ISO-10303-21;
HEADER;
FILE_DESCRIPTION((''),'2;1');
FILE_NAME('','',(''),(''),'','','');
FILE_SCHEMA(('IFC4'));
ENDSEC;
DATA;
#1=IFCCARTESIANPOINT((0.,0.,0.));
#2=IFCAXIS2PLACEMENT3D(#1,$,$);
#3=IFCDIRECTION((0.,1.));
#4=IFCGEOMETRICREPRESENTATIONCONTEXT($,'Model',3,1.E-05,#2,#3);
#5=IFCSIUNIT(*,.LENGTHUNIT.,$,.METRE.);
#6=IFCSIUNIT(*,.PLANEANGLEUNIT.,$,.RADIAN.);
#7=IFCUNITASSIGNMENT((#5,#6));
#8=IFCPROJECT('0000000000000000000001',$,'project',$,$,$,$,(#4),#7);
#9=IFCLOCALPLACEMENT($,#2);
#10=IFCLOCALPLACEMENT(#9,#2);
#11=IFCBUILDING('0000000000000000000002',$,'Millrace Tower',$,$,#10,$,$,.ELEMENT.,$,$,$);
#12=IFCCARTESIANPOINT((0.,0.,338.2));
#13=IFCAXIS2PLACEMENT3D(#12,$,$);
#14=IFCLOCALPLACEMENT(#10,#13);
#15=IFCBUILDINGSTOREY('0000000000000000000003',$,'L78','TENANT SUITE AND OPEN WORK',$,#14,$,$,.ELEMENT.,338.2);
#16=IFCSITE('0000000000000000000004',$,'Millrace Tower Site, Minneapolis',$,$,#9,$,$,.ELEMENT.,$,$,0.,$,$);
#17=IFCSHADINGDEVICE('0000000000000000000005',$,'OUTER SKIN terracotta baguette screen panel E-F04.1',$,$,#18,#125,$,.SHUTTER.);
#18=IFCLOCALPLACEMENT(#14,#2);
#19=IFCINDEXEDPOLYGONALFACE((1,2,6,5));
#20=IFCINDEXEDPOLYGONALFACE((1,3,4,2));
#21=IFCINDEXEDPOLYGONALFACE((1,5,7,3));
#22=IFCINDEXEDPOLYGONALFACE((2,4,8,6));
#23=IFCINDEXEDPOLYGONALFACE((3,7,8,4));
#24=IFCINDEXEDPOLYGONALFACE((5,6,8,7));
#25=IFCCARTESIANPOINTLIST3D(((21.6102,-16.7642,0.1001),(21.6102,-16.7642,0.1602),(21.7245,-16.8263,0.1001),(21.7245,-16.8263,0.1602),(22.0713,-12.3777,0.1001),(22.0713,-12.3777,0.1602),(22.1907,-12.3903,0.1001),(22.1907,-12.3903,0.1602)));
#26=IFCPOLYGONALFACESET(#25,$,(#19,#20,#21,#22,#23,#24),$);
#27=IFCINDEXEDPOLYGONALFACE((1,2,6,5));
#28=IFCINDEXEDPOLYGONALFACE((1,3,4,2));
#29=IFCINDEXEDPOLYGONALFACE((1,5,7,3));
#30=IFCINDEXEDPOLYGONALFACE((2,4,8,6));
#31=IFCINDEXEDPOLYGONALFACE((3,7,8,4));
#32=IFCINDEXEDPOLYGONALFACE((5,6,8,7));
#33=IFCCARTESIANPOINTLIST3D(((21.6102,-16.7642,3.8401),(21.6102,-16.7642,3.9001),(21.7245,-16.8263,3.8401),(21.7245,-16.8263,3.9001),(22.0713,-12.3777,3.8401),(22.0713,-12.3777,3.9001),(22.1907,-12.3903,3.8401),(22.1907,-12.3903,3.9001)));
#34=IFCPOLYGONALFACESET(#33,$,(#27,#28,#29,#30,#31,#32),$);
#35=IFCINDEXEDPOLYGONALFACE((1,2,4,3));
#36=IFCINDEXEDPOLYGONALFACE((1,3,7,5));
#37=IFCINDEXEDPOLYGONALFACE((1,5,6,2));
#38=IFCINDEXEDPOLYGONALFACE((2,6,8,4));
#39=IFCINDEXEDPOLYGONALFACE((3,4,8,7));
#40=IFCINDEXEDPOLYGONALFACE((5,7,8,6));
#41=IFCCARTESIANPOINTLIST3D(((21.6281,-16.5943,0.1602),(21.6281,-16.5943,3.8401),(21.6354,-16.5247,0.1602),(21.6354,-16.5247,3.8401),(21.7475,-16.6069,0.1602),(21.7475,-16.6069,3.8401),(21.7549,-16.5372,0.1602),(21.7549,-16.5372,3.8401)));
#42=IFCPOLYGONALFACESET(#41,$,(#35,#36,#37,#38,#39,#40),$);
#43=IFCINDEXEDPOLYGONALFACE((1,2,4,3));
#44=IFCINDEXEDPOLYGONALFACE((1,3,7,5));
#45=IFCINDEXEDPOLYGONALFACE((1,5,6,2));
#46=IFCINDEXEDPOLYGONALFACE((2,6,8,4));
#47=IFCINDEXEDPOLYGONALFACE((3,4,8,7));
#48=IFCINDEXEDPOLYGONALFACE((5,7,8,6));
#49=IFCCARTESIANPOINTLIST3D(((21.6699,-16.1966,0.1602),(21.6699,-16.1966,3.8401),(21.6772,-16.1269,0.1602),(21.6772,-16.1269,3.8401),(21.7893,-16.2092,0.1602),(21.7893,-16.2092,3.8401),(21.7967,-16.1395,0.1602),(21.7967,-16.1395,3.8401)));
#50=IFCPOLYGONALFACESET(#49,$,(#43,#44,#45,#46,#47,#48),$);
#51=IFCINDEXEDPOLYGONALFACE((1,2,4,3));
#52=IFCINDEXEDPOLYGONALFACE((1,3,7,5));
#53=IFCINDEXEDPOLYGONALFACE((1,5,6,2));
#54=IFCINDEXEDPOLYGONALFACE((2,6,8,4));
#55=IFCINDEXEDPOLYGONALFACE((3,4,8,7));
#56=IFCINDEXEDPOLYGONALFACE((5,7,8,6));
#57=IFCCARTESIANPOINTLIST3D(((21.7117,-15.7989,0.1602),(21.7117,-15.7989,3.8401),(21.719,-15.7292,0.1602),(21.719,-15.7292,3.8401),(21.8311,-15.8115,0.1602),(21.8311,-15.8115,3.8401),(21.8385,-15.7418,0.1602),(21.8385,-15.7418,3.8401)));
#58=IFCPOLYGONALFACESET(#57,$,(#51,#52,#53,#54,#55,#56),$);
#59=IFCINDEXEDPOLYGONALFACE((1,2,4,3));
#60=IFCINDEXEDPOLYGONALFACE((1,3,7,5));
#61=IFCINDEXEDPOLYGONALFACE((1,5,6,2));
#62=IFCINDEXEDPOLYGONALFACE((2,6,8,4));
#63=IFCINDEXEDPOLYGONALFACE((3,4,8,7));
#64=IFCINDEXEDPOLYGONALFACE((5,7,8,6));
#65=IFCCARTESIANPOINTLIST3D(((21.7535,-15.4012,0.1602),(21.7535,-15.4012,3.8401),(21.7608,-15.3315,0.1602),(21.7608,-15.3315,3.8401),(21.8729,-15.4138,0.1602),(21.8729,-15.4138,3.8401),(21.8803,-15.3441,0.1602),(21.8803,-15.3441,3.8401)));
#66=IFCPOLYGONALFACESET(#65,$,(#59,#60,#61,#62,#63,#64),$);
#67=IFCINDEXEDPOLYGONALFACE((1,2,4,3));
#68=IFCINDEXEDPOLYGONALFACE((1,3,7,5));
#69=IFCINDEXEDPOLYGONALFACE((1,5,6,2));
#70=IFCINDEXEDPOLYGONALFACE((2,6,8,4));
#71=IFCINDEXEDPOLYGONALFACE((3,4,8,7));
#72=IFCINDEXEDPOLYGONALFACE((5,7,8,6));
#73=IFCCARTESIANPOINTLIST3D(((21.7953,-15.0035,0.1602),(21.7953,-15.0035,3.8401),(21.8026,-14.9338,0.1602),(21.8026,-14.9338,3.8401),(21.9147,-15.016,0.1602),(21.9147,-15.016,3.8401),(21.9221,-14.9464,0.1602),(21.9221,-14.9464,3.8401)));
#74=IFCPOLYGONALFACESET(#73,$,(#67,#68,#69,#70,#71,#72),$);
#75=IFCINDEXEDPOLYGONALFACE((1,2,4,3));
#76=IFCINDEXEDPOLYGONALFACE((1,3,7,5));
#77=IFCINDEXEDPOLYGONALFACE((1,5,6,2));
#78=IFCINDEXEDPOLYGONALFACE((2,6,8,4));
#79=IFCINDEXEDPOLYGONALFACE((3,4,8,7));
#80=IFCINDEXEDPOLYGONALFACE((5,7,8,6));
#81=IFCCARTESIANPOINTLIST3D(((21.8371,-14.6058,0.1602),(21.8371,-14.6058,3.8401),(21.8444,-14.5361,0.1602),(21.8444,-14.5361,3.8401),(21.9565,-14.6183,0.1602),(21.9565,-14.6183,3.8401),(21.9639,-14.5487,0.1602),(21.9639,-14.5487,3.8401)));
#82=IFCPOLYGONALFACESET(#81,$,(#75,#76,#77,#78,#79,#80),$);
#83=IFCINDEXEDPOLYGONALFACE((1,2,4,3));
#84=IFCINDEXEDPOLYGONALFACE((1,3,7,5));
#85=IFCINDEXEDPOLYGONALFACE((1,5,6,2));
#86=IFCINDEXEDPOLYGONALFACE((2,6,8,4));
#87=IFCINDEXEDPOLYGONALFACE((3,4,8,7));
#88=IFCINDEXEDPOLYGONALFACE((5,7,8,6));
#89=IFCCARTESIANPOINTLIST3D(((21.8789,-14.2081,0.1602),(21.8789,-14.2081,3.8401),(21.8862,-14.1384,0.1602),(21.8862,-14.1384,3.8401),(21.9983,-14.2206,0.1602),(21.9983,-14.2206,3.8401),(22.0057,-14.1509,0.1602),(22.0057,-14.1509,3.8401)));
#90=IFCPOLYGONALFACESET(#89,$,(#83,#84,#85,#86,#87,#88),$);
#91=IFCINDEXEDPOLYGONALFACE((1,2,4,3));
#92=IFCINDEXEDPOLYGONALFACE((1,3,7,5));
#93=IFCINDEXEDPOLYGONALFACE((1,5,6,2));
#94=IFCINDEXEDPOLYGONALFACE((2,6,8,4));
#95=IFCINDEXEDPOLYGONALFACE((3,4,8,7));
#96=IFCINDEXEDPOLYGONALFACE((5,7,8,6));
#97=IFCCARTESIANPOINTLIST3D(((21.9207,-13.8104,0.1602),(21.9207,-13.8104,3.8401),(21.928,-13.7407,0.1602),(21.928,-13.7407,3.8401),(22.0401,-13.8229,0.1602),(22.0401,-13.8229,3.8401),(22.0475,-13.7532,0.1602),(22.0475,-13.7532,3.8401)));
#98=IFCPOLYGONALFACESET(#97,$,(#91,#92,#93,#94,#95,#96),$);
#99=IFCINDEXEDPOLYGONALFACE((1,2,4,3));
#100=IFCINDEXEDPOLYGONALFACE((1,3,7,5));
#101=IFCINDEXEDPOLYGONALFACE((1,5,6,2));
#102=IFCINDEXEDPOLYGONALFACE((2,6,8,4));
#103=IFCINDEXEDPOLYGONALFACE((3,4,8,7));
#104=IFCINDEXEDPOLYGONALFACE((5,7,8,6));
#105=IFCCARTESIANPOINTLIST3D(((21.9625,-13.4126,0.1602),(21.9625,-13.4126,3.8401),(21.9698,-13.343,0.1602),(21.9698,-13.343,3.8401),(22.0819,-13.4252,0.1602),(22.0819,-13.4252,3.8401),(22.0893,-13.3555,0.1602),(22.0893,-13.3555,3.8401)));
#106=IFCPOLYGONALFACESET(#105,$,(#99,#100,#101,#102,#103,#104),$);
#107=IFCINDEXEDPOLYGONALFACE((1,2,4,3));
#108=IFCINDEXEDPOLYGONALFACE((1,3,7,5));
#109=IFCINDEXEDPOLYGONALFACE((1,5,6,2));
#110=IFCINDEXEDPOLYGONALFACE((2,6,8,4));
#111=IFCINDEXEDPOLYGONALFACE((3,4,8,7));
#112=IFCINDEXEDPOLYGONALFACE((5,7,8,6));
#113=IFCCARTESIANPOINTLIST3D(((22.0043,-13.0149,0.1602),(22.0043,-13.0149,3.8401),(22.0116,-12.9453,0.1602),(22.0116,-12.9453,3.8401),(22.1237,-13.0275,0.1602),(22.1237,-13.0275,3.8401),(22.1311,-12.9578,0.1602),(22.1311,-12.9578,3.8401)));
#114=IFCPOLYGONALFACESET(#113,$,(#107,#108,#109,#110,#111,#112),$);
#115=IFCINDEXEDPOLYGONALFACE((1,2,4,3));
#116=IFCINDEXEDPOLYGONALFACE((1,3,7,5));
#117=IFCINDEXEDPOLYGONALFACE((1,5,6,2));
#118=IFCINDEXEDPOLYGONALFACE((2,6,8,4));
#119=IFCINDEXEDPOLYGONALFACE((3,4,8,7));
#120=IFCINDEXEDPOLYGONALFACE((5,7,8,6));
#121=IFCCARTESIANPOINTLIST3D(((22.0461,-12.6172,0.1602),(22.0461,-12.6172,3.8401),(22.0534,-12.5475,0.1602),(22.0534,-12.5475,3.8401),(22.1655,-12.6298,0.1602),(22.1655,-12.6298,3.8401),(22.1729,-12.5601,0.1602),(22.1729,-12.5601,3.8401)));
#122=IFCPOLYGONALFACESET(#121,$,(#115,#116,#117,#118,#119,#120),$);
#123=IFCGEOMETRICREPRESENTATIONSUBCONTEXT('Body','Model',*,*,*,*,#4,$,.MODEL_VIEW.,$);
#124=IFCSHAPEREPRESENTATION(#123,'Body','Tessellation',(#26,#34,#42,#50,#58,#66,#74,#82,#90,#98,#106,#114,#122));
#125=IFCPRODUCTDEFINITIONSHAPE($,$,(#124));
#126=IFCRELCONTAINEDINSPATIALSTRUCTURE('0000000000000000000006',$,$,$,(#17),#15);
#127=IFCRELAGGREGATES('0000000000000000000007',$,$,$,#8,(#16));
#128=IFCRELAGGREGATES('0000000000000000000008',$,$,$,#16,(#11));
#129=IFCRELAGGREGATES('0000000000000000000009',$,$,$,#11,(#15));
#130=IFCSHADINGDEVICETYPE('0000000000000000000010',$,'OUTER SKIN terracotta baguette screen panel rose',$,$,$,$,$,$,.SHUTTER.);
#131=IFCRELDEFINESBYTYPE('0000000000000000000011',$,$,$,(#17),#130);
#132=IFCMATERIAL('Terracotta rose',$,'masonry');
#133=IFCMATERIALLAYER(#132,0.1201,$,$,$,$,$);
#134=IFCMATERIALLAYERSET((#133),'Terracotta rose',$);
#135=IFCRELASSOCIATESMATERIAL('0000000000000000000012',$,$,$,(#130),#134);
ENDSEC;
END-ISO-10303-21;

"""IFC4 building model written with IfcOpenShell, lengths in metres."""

from ifc_helpers import new_model, entity, si_unit, direction, frame, frame_2d, origin, place, context, subcontext, project, spatial, rectangle, extrude, source, transform, mapped, material, layer, layer_set, type_object, element, save


model = new_model("IFC4")

# Units and contexts
model_context = context("Model", 3, precision=1e-05, world=origin(), true_north=direction((0.0, 1.0)))
body_context = subcontext(model_context, "Body", "Model", "MODEL_VIEW")
ifc_project = project(units=[si_unit("LENGTHUNIT", "METRE"), si_unit("PLANEANGLEUNIT", "RADIAN")], contexts=[model_context])

# Site, building, storey
site_placement = place(None, origin())
site = spatial("IfcSite", under=ifc_project, at=site_placement, Name="Millrace Tower Site, Minneapolis", CompositionType="ELEMENT", RefElevation=0.0)
building_placement = place(site_placement, origin())
building = spatial("IfcBuilding", under=site, at=building_placement, Name="Millrace Tower", CompositionType="ELEMENT")
storey_placement = place(building_placement, frame((0.0, 0.0, 338.2)))
storey = spatial("IfcBuildingStorey", under=building, at=storey_placement, Name="L78", Description="TENANT SUITE AND OPEN WORK", CompositionType="ELEMENT", Elevation=338.2)

# Shading device
ifc_material_1 = material(Name="Terracotta rose", Category="masonry")
ifc_layer_1 = layer(ifc_material_1, 0.1201)
ifc_layer_set_1 = layer_set([ifc_layer_1], Name="Terracotta rose")
shading_device_type = type_object("IfcShadingDeviceType", Name="OUTER SKIN terracotta baguette screen panel rose", PredefinedType="SHUTTER", material=ifc_layer_set_1)
cartesian_point_1 = entity("IfcCartesianPoint", [-2.1929, 0.0601])
shared_polyline_1 = entity("IfcPolyline", [cartesian_point_1, entity("IfcCartesianPoint", [2.2178, 0.0601]), entity("IfcCartesianPoint", [2.2178, -0.0601]), entity("IfcCartesianPoint", [-2.2427, -0.0601]), cartesian_point_1])
shared_shape_1 = source(origin(), body_context, "Body", "SweptSolid", [
    entity("IfcExtrudedAreaSolid", entity("IfcArbitraryClosedProfileDef", "AREA", None, shared_polyline_1), entity("IfcAxis2Placement3D", entity("IfcCartesianPoint", [0.0, 0.0, 0.0])), entity("IfcDirection", [0.0, 0.0, 1.0]), 0.0601),
    entity("IfcExtrudedAreaSolid", entity("IfcArbitraryClosedProfileDef", "AREA", None, shared_polyline_1), entity("IfcAxis2Placement3D", entity("IfcCartesianPoint", [0.0, 0.0, 3.74])), entity("IfcDirection", [0.0, 0.0, 1.0]), 0.0601),
    extrude(rectangle(XDim=0.0701, YDim=0.1201, at=frame_2d((-1.9871, 0.0))), frame((0.0, 0.0, 0.0601)), (0.0, 0.0, 1.0), 3.6799),
    extrude(rectangle(XDim=0.0701, YDim=0.1201, at=frame_2d((-1.5872, 0.0))), frame((0.0, 0.0, 0.0601)), (0.0, 0.0, 1.0), 3.6799),
    extrude(rectangle(XDim=0.0701, YDim=0.1201, at=frame_2d((-1.1873, 0.0))), frame((0.0, 0.0, 0.0601)), (0.0, 0.0, 1.0), 3.6799),
    extrude(rectangle(XDim=0.0701, YDim=0.1201, at=frame_2d((-0.7874, 0.0))), frame((0.0, 0.0, 0.0601)), (0.0, 0.0, 1.0), 3.6799),
    extrude(rectangle(XDim=0.0701, YDim=0.1201, at=frame_2d((-0.3875, 0.0))), frame((0.0, 0.0, 0.0601)), (0.0, 0.0, 1.0), 3.6799),
    extrude(rectangle(XDim=0.0701, YDim=0.1201, at=frame_2d((0.0125, 0.0))), frame((0.0, 0.0, 0.0601)), (0.0, 0.0, 1.0), 3.6799),
    extrude(rectangle(XDim=0.0701, YDim=0.1201, at=frame_2d((0.4124, 0.0))), frame((0.0, 0.0, 0.0601)), (0.0, 0.0, 1.0), 3.6799),
    extrude(rectangle(XDim=0.0701, YDim=0.1201, at=frame_2d((0.8123, 0.0))), frame((0.0, 0.0, 0.0601)), (0.0, 0.0, 1.0), 3.6799),
    extrude(rectangle(XDim=0.0701, YDim=0.1201, at=frame_2d((1.2122, 0.0))), frame((0.0, 0.0, 0.0601)), (0.0, 0.0, 1.0), 3.6799),
    extrude(rectangle(XDim=0.0701, YDim=0.1201, at=frame_2d((1.6121, 0.0))), frame((0.0, 0.0, 0.0601)), (0.0, 0.0, 1.0), 3.6799),
    extrude(rectangle(XDim=0.0701, YDim=0.1201, at=frame_2d((2.012, 0.0))), frame((0.0, 0.0, 0.0601)), (0.0, 0.0, 1.0), 3.6799),
])
shading_device_1_placement = place(storey_placement, frame((21.8992, -14.5896, 0.1001), z_axis=(0.0, 0.0, 1.0), x_axis=(0.104528, 0.994522, 0.0)))
element("IfcShadingDevice", 1, at=shading_device_1_placement, inside=storey, type_object=shading_device_type, Name="OUTER SKIN terracotta baguette screen panel E-F04.1", PredefinedType="SHUTTER", context=body_context, shape_type="MappedRepresentation", body=[
    mapped(shared_shape_1, transform((0.0, 0.0, 0.0), scale=1.0)),
])

save(model, "model.ifc")
